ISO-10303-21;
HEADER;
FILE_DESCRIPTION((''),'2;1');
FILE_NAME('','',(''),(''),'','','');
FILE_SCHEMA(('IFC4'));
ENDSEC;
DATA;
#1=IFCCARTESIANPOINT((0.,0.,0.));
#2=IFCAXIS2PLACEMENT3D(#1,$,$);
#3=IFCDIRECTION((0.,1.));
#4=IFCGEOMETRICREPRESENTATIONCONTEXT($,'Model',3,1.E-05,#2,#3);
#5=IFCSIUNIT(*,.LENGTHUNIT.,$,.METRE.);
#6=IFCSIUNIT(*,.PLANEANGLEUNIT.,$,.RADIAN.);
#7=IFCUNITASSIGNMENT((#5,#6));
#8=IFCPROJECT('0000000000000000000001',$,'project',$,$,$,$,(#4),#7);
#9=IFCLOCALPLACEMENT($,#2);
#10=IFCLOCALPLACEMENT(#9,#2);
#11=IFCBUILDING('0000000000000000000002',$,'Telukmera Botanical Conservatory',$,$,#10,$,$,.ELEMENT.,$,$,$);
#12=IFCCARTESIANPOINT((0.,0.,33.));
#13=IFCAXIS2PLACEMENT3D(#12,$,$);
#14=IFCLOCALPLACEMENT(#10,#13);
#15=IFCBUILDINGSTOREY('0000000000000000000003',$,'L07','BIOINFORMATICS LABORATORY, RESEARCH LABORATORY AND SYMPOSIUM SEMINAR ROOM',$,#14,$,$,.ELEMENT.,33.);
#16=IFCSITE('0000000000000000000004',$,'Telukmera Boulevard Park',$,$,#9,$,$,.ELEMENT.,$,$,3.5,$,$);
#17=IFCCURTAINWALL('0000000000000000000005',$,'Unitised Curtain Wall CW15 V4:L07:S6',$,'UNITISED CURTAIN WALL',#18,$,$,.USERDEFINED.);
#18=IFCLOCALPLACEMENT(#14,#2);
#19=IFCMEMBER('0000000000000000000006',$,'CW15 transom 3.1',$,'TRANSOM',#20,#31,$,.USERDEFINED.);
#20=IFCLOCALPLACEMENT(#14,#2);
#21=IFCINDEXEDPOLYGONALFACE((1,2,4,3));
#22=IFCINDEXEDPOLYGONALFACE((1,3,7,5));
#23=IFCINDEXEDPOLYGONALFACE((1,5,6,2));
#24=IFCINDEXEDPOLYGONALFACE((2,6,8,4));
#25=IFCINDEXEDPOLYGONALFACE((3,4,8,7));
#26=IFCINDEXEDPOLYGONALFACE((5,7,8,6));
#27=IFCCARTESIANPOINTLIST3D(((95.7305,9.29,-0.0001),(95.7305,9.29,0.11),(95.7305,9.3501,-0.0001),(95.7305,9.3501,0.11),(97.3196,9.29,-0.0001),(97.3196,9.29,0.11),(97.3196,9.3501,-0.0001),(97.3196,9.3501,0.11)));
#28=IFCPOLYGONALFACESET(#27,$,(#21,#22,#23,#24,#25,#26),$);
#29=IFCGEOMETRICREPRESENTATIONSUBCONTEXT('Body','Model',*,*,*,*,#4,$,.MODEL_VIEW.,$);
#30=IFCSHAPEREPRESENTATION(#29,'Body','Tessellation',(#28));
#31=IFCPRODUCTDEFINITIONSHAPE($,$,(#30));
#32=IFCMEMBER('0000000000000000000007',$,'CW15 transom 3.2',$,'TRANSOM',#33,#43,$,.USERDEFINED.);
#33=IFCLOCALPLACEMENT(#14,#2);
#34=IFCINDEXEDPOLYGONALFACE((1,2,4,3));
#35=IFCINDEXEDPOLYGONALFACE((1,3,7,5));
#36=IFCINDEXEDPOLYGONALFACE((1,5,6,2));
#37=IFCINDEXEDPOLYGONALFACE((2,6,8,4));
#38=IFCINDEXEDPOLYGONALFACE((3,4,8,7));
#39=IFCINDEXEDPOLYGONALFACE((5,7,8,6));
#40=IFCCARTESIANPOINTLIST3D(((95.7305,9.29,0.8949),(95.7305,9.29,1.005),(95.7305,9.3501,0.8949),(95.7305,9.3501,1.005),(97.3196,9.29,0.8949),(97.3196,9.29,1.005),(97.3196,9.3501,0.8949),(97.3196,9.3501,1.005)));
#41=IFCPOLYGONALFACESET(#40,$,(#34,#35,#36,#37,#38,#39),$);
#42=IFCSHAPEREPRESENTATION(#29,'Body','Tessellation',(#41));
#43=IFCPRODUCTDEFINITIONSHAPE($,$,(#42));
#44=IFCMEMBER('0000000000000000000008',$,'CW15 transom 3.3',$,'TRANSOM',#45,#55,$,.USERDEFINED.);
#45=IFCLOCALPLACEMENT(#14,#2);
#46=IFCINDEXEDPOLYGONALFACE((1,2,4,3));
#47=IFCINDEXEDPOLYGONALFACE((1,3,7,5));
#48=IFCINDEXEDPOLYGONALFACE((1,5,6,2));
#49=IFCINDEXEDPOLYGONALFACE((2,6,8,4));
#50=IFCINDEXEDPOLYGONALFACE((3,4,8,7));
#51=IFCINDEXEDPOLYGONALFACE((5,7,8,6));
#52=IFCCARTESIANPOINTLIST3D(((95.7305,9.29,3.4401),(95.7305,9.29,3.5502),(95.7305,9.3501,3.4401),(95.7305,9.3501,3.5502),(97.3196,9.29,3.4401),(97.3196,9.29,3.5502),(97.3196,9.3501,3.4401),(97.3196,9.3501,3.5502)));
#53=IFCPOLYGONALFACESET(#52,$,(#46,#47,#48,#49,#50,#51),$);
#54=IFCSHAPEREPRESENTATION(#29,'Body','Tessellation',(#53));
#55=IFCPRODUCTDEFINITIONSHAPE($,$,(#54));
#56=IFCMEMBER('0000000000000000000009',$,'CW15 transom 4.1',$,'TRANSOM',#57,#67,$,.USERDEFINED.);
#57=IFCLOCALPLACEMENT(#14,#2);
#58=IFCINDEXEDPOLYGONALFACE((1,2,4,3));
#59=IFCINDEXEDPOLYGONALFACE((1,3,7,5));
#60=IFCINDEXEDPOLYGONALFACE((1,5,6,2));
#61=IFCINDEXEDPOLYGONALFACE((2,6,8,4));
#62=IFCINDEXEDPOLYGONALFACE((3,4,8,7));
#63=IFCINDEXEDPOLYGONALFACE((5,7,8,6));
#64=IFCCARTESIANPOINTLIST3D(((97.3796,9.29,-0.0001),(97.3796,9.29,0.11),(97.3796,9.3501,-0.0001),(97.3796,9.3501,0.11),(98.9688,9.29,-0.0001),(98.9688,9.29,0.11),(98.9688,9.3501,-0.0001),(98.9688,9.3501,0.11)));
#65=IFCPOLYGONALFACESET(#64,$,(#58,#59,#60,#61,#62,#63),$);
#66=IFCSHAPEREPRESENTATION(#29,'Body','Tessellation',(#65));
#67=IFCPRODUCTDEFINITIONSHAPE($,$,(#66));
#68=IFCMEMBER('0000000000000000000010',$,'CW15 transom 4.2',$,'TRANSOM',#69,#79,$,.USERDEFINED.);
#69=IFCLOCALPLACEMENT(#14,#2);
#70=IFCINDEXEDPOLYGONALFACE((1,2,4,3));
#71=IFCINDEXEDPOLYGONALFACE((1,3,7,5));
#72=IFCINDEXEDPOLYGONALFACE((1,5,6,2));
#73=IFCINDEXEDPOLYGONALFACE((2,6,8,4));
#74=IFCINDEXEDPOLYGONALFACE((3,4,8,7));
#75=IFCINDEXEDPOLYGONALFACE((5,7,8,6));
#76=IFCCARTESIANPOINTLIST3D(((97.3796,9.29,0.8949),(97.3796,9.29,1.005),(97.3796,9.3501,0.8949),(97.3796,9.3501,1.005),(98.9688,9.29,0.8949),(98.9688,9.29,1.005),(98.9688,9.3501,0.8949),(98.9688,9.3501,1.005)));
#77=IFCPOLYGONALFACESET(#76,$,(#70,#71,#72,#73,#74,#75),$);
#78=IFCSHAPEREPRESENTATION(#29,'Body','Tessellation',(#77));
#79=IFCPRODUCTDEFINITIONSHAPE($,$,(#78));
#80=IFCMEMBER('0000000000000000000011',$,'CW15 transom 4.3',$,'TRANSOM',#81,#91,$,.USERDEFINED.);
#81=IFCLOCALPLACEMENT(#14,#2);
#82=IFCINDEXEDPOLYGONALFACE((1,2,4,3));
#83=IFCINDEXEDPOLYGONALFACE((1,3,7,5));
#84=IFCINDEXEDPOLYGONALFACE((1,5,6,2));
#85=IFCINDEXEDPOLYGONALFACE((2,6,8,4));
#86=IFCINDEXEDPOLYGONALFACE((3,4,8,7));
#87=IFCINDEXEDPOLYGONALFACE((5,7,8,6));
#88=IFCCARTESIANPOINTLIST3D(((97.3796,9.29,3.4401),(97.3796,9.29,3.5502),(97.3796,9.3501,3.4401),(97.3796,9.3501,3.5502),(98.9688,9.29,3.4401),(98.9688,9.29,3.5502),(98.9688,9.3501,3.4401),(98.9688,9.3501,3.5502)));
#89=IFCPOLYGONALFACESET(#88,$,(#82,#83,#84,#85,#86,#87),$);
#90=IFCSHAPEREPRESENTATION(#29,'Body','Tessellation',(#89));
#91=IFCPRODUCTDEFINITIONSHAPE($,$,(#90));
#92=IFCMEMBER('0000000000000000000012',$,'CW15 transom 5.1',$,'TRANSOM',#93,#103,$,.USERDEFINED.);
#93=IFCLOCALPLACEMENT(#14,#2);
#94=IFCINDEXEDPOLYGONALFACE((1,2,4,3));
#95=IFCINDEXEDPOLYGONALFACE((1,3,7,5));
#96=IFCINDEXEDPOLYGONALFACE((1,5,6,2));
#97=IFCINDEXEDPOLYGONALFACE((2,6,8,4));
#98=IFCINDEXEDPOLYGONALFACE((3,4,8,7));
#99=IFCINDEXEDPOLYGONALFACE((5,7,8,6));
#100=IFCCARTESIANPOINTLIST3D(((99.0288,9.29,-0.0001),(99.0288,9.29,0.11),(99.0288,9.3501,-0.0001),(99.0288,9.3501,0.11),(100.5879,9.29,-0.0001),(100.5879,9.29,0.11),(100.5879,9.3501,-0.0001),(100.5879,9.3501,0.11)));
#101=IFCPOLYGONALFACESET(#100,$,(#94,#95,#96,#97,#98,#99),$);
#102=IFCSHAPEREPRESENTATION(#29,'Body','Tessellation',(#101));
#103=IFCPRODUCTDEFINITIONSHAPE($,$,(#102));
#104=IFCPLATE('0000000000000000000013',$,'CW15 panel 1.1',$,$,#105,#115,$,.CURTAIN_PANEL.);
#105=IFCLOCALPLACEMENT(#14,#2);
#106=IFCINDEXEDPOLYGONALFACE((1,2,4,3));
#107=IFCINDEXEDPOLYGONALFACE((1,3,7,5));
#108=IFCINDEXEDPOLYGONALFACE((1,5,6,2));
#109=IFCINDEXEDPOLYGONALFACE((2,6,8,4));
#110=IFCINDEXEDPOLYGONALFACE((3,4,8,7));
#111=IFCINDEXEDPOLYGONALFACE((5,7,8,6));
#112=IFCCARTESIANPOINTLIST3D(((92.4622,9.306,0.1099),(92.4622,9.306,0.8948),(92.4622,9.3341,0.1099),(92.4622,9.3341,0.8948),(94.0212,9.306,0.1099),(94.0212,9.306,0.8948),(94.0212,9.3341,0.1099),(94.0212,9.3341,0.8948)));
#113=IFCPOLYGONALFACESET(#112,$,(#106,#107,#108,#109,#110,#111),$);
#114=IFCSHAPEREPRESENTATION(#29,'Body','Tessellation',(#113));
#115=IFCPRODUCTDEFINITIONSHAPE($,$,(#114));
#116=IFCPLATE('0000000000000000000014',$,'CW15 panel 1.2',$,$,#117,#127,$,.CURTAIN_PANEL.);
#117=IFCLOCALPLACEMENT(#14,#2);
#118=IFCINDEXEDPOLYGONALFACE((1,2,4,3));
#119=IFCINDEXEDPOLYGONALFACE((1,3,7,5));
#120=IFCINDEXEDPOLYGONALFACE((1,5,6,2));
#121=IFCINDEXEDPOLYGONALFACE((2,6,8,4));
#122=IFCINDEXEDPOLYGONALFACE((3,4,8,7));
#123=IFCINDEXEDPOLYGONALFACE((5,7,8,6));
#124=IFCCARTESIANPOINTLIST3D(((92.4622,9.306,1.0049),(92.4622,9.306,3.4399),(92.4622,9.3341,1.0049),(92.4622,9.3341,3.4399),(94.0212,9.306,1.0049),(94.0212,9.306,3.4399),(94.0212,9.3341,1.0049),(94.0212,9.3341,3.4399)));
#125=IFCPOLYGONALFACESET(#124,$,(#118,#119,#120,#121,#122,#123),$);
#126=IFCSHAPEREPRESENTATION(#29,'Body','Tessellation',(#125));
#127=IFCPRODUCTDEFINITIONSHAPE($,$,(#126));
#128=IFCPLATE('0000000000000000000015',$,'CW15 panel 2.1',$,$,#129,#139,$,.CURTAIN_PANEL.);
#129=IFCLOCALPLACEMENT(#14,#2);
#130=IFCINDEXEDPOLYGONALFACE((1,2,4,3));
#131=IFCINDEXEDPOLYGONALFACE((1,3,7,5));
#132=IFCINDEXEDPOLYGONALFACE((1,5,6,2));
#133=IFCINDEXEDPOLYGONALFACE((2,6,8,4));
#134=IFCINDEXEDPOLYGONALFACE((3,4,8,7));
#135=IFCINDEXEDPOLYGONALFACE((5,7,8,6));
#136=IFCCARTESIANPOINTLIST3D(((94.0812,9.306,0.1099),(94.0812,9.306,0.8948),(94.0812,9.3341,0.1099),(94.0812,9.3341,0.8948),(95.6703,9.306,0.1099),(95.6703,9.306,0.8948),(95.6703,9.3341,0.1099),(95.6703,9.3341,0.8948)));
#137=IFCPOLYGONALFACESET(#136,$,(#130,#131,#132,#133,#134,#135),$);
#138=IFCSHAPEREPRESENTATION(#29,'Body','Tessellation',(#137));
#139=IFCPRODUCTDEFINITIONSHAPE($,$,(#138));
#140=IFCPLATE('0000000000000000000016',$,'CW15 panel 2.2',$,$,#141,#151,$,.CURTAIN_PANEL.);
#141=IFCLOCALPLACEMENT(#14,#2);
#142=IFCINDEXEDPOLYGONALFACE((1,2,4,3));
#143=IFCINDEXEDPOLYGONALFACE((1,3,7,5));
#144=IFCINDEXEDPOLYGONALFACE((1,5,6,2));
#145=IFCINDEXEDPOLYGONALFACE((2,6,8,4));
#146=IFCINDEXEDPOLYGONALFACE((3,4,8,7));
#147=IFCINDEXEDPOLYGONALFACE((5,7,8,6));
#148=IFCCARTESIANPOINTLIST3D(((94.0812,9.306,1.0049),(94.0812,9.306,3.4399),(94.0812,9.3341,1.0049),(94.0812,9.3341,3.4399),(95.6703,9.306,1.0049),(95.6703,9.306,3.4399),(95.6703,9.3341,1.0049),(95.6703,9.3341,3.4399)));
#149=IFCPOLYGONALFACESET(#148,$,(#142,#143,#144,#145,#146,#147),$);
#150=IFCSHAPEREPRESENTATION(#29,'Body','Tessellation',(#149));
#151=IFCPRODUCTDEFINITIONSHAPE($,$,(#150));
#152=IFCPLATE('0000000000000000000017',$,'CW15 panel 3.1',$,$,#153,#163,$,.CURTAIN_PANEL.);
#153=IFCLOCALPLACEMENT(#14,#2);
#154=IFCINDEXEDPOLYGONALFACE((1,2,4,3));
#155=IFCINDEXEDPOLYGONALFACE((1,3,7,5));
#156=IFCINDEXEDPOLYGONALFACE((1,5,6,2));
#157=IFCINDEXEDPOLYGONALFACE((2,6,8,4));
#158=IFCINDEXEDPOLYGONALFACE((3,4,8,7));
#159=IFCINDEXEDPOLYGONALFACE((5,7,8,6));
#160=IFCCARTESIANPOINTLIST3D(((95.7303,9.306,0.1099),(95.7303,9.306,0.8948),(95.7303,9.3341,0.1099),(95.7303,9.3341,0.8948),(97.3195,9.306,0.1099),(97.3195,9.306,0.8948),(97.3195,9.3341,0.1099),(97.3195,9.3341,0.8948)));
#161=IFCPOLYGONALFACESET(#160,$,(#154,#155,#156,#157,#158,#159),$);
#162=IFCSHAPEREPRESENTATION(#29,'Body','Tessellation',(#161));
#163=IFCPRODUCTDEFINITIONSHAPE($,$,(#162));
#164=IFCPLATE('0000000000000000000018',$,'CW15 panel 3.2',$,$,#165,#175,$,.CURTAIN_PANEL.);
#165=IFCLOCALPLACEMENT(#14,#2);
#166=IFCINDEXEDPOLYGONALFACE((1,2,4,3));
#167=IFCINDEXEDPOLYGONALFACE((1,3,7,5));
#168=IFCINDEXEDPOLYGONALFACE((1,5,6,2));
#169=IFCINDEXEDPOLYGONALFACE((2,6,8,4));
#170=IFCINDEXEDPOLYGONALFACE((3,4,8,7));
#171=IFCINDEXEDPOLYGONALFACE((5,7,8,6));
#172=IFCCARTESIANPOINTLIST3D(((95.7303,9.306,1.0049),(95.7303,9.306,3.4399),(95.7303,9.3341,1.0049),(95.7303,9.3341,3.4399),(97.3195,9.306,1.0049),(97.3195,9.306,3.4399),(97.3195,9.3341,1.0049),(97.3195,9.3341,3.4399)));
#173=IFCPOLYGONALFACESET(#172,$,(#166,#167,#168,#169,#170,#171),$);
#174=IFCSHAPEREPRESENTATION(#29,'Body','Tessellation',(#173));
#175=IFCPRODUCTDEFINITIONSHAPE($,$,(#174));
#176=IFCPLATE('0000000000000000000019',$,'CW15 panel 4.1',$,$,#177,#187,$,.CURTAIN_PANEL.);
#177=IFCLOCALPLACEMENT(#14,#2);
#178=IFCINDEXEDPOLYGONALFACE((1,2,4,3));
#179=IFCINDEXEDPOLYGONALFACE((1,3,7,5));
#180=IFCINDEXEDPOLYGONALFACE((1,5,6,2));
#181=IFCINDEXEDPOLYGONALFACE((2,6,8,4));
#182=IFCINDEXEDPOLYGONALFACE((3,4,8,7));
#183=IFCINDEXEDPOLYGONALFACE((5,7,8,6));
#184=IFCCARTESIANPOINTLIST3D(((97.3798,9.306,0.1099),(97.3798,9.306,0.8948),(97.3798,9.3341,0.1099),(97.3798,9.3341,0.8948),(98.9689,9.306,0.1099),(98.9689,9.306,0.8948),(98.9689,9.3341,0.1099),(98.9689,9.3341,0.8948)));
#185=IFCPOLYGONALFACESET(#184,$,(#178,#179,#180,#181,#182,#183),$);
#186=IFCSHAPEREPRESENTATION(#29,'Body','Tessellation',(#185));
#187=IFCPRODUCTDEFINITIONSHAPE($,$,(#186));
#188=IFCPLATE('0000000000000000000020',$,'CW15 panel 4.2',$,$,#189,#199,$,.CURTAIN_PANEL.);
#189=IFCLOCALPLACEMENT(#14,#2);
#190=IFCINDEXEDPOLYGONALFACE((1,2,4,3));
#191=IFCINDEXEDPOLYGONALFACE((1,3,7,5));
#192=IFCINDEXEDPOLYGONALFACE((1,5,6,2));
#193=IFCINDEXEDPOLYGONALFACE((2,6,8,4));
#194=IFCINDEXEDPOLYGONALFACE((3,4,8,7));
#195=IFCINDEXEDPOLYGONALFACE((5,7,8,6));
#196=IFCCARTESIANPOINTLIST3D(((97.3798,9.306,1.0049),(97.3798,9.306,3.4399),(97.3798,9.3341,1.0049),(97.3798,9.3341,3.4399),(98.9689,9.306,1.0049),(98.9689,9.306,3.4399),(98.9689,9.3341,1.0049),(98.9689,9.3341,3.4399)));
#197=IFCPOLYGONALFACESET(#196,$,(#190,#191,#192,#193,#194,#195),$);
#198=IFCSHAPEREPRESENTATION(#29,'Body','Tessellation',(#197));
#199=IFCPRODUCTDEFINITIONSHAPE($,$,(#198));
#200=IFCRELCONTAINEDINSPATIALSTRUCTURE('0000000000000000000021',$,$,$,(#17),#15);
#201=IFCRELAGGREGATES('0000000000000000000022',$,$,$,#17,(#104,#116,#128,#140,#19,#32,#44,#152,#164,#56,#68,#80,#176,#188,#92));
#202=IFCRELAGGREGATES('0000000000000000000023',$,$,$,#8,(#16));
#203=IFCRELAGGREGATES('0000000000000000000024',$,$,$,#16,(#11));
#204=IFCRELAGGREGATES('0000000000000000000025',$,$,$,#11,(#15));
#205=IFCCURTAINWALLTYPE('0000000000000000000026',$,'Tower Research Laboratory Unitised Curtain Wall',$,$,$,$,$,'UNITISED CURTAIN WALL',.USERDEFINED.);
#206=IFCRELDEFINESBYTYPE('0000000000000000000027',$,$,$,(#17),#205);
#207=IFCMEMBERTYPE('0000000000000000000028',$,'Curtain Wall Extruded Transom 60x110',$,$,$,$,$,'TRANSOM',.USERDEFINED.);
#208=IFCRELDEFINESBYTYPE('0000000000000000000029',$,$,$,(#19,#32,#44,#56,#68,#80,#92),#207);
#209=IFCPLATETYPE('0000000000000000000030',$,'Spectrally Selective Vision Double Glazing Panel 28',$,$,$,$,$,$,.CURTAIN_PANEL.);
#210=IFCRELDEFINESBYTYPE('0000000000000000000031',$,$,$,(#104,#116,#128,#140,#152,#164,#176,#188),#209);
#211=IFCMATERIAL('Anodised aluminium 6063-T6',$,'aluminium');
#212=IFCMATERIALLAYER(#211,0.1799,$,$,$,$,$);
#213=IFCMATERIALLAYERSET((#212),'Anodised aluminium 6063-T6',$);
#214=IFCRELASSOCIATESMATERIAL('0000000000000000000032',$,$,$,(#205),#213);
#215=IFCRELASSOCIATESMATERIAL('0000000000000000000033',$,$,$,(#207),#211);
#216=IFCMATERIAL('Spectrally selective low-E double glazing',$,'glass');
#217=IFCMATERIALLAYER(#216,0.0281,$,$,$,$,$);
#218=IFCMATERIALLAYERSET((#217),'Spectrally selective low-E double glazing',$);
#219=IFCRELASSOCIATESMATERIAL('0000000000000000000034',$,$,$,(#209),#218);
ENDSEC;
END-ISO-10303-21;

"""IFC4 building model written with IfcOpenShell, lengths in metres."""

from ifc_helpers import new_model, si_unit, direction, frame, origin, origin_2d, place, context, subcontext, project, spatial, rectangle, extrude, material, layer, layer_set, material_profile, profile_set, type_object, element, aggregate, save


model = new_model("IFC4")

# Units and contexts
model_context = context("Model", 3, precision=1e-05, world=origin(), true_north=direction((0.0, 1.0)))
body_context = subcontext(model_context, "Body", "Model", "MODEL_VIEW")
ifc_project = project(units=[si_unit("LENGTHUNIT", "METRE"), si_unit("PLANEANGLEUNIT", "RADIAN")], contexts=[model_context])

# Site, building, storey
site_placement = place(None, origin())
site = spatial("IfcSite", under=ifc_project, at=site_placement, Name="Telukmera Boulevard Park", CompositionType="ELEMENT", RefElevation=3.5)
building_placement = place(site_placement, origin())
building = spatial("IfcBuilding", under=site, at=building_placement, Name="Telukmera Botanical Conservatory", CompositionType="ELEMENT")
storey_placement = place(building_placement, frame((0.0, 0.0, 33.0)))
storey = spatial("IfcBuildingStorey", under=building, at=storey_placement, Name="L07", Description="BIOINFORMATICS LABORATORY, RESEARCH LABORATORY AND SYMPOSIUM SEMINAR ROOM", CompositionType="ELEMENT", Elevation=33.0)

# Curtain wall, members, plates
ifc_material_1 = material(Name="Anodised aluminium 6063-T6", Category="aluminium")
ifc_layer_1 = layer(ifc_material_1, 0.1799)
ifc_layer_set_1 = layer_set([ifc_layer_1], Name="Anodised aluminium 6063-T6")
curtain_wall_type = type_object("IfcCurtainWallType", Name="Tower Research Laboratory Unitised Curtain Wall", ElementType="UNITISED CURTAIN WALL", PredefinedType="USERDEFINED", material=ifc_layer_set_1)
curtain_wall_placement = place(storey_placement, origin())
curtain_wall = element("IfcCurtainWall", 1, at=curtain_wall_placement, inside=storey, type_object=curtain_wall_type, Name="Unitised Curtain Wall CW15 V4:L07:S6", ObjectType="UNITISED CURTAIN WALL", PredefinedType="USERDEFINED")
ifc_material_profile_1 = material_profile(ifc_material_1, rectangle(XDim=0.0601, YDim=0.1101, at=origin_2d()), Name="ALU TRAN 60x110")
ifc_profile_set_1 = profile_set([ifc_material_profile_1], Name="Anodised aluminium 6063-T6")
member_type_1 = type_object("IfcMemberType", Name="Curtain Wall Extruded Transom 60x110", ElementType="TRANSOM", PredefinedType="USERDEFINED", material=ifc_profile_set_1)
member_1_placement = place(storey_placement, frame((95.7305, 9.3201, 0.0549), z_axis=(1.0, 0.0, 0.0), x_axis=(0.0, 1.0, 0.0)))
member_1 = element("IfcMember", 2, at=member_1_placement, type_object=member_type_1, Name="CW15 transom 3.1", ObjectType="TRANSOM", PredefinedType="USERDEFINED", context=body_context, shape_type="SweptSolid", body=[
    extrude(rectangle(XDim=0.0601, YDim=0.1101, at=origin_2d()), origin(), (0.0, 0.0, 1.0), 1.5891),
])
member_2_placement = place(storey_placement, frame((95.7305, 9.3201, 0.95), z_axis=(1.0, 0.0, 0.0), x_axis=(0.0, 1.0, 0.0)))
member_2 = element("IfcMember", 3, at=member_2_placement, type_object=member_type_1, Name="CW15 transom 3.2", ObjectType="TRANSOM", PredefinedType="USERDEFINED", context=body_context, shape_type="SweptSolid", body=[
    extrude(rectangle(XDim=0.0601, YDim=0.1101, at=origin_2d()), origin(), (0.0, 0.0, 1.0), 1.5891),
])
member_3_placement = place(storey_placement, frame((95.7305, 9.3201, 3.4951), z_axis=(1.0, 0.0, 0.0), x_axis=(0.0, 1.0, 0.0)))
member_3 = element("IfcMember", 4, at=member_3_placement, type_object=member_type_1, Name="CW15 transom 3.3", ObjectType="TRANSOM", PredefinedType="USERDEFINED", context=body_context, shape_type="SweptSolid", body=[
    extrude(rectangle(XDim=0.0601, YDim=0.1101, at=origin_2d()), origin(), (0.0, 0.0, 1.0), 1.5891),
])
member_4_placement = place(storey_placement, frame((97.3796, 9.3201, 0.0549), z_axis=(1.0, 0.0, 0.0), x_axis=(0.0, 1.0, 0.0)))
member_4 = element("IfcMember", 5, at=member_4_placement, type_object=member_type_1, Name="CW15 transom 4.1", ObjectType="TRANSOM", PredefinedType="USERDEFINED", context=body_context, shape_type="SweptSolid", body=[
    extrude(rectangle(XDim=0.0601, YDim=0.1101, at=origin_2d()), origin(), (0.0, 0.0, 1.0), 1.5891),
])
member_5_placement = place(storey_placement, frame((97.3796, 9.3201, 0.95), z_axis=(1.0, 0.0, 0.0), x_axis=(0.0, 1.0, 0.0)))
member_5 = element("IfcMember", 6, at=member_5_placement, type_object=member_type_1, Name="CW15 transom 4.2", ObjectType="TRANSOM", PredefinedType="USERDEFINED", context=body_context, shape_type="SweptSolid", body=[
    extrude(rectangle(XDim=0.0601, YDim=0.1101, at=origin_2d()), origin(), (0.0, 0.0, 1.0), 1.5891),
])
member_6_placement = place(storey_placement, frame((97.3796, 9.3201, 3.4951), z_axis=(1.0, 0.0, 0.0), x_axis=(0.0, 1.0, 0.0)))
member_6 = element("IfcMember", 7, at=member_6_placement, type_object=member_type_1, Name="CW15 transom 4.3", ObjectType="TRANSOM", PredefinedType="USERDEFINED", context=body_context, shape_type="SweptSolid", body=[
    extrude(rectangle(XDim=0.0601, YDim=0.1101, at=origin_2d()), origin(), (0.0, 0.0, 1.0), 1.5891),
])
member_7_placement = place(storey_placement, frame((99.0288, 9.3201, 0.0549), z_axis=(1.0, 0.0, 0.0), x_axis=(0.0, 1.0, 0.0)))
member_7 = element("IfcMember", 8, at=member_7_placement, type_object=member_type_1, Name="CW15 transom 5.1", ObjectType="TRANSOM", PredefinedType="USERDEFINED", context=body_context, shape_type="SweptSolid", body=[
    extrude(rectangle(XDim=0.0601, YDim=0.1101, at=origin_2d()), origin(), (0.0, 0.0, 1.0), 1.5591),
])
ifc_material_2 = material(Name="Spectrally selective low-E double glazing", Category="glass")
ifc_layer_2 = layer(ifc_material_2, 0.0281)
ifc_layer_set_2 = layer_set([ifc_layer_2], Name="Spectrally selective low-E double glazing")
plate_type = type_object("IfcPlateType", Name="Spectrally Selective Vision Double Glazing Panel 28", PredefinedType="CURTAIN_PANEL", material=ifc_layer_set_2)
plate_1_placement = place(storey_placement, frame((93.2417, 9.3201, 0.1099), z_axis=(0.0, 0.0, 1.0), x_axis=(1.0, 0.0, 0.0)))
plate_1 = element("IfcPlate", 9, at=plate_1_placement, type_object=plate_type, Name="CW15 panel 1.1", PredefinedType="CURTAIN_PANEL", context=body_context, shape_type="SweptSolid", body=[
    extrude(rectangle(XDim=1.5591, YDim=0.0281, at=origin_2d()), origin(), (0.0, 0.0, 1.0), 0.7849),
])
plate_2_placement = place(storey_placement, frame((93.2417, 9.3201, 1.0049), z_axis=(0.0, 0.0, 1.0), x_axis=(1.0, 0.0, 0.0)))
plate_2 = element("IfcPlate", 10, at=plate_2_placement, type_object=plate_type, Name="CW15 panel 1.2", PredefinedType="CURTAIN_PANEL", context=body_context, shape_type="SweptSolid", body=[
    extrude(rectangle(XDim=1.5591, YDim=0.0281, at=origin_2d()), origin(), (0.0, 0.0, 1.0), 2.4351),
])
plate_3_placement = place(storey_placement, frame((94.8757, 9.3201, 0.1099), z_axis=(0.0, 0.0, 1.0), x_axis=(1.0, 0.0, 0.0)))
plate_3 = element("IfcPlate", 11, at=plate_3_placement, type_object=plate_type, Name="CW15 panel 2.1", PredefinedType="CURTAIN_PANEL", context=body_context, shape_type="SweptSolid", body=[
    extrude(rectangle(XDim=1.5891, YDim=0.0281, at=origin_2d()), origin(), (0.0, 0.0, 1.0), 0.7849),
])
plate_4_placement = place(storey_placement, frame((94.8757, 9.3201, 1.0049), z_axis=(0.0, 0.0, 1.0), x_axis=(1.0, 0.0, 0.0)))
plate_4 = element("IfcPlate", 12, at=plate_4_placement, type_object=plate_type, Name="CW15 panel 2.2", PredefinedType="CURTAIN_PANEL", context=body_context, shape_type="SweptSolid", body=[
    extrude(rectangle(XDim=1.5891, YDim=0.0281, at=origin_2d()), origin(), (0.0, 0.0, 1.0), 2.4351),
])
plate_5_placement = place(storey_placement, frame((96.5249, 9.3201, 0.1099), z_axis=(0.0, 0.0, 1.0), x_axis=(1.0, 0.0, 0.0)))
plate_5 = element("IfcPlate", 13, at=plate_5_placement, type_object=plate_type, Name="CW15 panel 3.1", PredefinedType="CURTAIN_PANEL", context=body_context, shape_type="SweptSolid", body=[
    extrude(rectangle(XDim=1.5891, YDim=0.0281, at=origin_2d()), origin(), (0.0, 0.0, 1.0), 0.7849),
])
plate_6_placement = place(storey_placement, frame((96.5249, 9.3201, 1.0049), z_axis=(0.0, 0.0, 1.0), x_axis=(1.0, 0.0, 0.0)))
plate_6 = element("IfcPlate", 14, at=plate_6_placement, type_object=plate_type, Name="CW15 panel 3.2", PredefinedType="CURTAIN_PANEL", context=body_context, shape_type="SweptSolid", body=[
    extrude(rectangle(XDim=1.5891, YDim=0.0281, at=origin_2d()), origin(), (0.0, 0.0, 1.0), 2.4351),
])
plate_7_placement = place(storey_placement, frame((98.1743, 9.3201, 0.1099), z_axis=(0.0, 0.0, 1.0), x_axis=(1.0, 0.0, 0.0)))
plate_7 = element("IfcPlate", 15, at=plate_7_placement, type_object=plate_type, Name="CW15 panel 4.1", PredefinedType="CURTAIN_PANEL", context=body_context, shape_type="SweptSolid", body=[
    extrude(rectangle(XDim=1.5891, YDim=0.0281, at=origin_2d()), origin(), (0.0, 0.0, 1.0), 0.7849),
])
plate_8_placement = place(storey_placement, frame((98.1743, 9.3201, 1.0049), z_axis=(0.0, 0.0, 1.0), x_axis=(1.0, 0.0, 0.0)))
plate_8 = element("IfcPlate", 16, at=plate_8_placement, type_object=plate_type, Name="CW15 panel 4.2", PredefinedType="CURTAIN_PANEL", context=body_context, shape_type="SweptSolid", body=[
    extrude(rectangle(XDim=1.5891, YDim=0.0281, at=origin_2d()), origin(), (0.0, 0.0, 1.0), 2.4351),
])
aggregate(curtain_wall, [plate_1, plate_2, plate_3, plate_4, member_1, member_2, member_3, plate_5, plate_6, member_4, member_5, member_6, plate_7, plate_8, member_7])

save(model, "model.ifc")
